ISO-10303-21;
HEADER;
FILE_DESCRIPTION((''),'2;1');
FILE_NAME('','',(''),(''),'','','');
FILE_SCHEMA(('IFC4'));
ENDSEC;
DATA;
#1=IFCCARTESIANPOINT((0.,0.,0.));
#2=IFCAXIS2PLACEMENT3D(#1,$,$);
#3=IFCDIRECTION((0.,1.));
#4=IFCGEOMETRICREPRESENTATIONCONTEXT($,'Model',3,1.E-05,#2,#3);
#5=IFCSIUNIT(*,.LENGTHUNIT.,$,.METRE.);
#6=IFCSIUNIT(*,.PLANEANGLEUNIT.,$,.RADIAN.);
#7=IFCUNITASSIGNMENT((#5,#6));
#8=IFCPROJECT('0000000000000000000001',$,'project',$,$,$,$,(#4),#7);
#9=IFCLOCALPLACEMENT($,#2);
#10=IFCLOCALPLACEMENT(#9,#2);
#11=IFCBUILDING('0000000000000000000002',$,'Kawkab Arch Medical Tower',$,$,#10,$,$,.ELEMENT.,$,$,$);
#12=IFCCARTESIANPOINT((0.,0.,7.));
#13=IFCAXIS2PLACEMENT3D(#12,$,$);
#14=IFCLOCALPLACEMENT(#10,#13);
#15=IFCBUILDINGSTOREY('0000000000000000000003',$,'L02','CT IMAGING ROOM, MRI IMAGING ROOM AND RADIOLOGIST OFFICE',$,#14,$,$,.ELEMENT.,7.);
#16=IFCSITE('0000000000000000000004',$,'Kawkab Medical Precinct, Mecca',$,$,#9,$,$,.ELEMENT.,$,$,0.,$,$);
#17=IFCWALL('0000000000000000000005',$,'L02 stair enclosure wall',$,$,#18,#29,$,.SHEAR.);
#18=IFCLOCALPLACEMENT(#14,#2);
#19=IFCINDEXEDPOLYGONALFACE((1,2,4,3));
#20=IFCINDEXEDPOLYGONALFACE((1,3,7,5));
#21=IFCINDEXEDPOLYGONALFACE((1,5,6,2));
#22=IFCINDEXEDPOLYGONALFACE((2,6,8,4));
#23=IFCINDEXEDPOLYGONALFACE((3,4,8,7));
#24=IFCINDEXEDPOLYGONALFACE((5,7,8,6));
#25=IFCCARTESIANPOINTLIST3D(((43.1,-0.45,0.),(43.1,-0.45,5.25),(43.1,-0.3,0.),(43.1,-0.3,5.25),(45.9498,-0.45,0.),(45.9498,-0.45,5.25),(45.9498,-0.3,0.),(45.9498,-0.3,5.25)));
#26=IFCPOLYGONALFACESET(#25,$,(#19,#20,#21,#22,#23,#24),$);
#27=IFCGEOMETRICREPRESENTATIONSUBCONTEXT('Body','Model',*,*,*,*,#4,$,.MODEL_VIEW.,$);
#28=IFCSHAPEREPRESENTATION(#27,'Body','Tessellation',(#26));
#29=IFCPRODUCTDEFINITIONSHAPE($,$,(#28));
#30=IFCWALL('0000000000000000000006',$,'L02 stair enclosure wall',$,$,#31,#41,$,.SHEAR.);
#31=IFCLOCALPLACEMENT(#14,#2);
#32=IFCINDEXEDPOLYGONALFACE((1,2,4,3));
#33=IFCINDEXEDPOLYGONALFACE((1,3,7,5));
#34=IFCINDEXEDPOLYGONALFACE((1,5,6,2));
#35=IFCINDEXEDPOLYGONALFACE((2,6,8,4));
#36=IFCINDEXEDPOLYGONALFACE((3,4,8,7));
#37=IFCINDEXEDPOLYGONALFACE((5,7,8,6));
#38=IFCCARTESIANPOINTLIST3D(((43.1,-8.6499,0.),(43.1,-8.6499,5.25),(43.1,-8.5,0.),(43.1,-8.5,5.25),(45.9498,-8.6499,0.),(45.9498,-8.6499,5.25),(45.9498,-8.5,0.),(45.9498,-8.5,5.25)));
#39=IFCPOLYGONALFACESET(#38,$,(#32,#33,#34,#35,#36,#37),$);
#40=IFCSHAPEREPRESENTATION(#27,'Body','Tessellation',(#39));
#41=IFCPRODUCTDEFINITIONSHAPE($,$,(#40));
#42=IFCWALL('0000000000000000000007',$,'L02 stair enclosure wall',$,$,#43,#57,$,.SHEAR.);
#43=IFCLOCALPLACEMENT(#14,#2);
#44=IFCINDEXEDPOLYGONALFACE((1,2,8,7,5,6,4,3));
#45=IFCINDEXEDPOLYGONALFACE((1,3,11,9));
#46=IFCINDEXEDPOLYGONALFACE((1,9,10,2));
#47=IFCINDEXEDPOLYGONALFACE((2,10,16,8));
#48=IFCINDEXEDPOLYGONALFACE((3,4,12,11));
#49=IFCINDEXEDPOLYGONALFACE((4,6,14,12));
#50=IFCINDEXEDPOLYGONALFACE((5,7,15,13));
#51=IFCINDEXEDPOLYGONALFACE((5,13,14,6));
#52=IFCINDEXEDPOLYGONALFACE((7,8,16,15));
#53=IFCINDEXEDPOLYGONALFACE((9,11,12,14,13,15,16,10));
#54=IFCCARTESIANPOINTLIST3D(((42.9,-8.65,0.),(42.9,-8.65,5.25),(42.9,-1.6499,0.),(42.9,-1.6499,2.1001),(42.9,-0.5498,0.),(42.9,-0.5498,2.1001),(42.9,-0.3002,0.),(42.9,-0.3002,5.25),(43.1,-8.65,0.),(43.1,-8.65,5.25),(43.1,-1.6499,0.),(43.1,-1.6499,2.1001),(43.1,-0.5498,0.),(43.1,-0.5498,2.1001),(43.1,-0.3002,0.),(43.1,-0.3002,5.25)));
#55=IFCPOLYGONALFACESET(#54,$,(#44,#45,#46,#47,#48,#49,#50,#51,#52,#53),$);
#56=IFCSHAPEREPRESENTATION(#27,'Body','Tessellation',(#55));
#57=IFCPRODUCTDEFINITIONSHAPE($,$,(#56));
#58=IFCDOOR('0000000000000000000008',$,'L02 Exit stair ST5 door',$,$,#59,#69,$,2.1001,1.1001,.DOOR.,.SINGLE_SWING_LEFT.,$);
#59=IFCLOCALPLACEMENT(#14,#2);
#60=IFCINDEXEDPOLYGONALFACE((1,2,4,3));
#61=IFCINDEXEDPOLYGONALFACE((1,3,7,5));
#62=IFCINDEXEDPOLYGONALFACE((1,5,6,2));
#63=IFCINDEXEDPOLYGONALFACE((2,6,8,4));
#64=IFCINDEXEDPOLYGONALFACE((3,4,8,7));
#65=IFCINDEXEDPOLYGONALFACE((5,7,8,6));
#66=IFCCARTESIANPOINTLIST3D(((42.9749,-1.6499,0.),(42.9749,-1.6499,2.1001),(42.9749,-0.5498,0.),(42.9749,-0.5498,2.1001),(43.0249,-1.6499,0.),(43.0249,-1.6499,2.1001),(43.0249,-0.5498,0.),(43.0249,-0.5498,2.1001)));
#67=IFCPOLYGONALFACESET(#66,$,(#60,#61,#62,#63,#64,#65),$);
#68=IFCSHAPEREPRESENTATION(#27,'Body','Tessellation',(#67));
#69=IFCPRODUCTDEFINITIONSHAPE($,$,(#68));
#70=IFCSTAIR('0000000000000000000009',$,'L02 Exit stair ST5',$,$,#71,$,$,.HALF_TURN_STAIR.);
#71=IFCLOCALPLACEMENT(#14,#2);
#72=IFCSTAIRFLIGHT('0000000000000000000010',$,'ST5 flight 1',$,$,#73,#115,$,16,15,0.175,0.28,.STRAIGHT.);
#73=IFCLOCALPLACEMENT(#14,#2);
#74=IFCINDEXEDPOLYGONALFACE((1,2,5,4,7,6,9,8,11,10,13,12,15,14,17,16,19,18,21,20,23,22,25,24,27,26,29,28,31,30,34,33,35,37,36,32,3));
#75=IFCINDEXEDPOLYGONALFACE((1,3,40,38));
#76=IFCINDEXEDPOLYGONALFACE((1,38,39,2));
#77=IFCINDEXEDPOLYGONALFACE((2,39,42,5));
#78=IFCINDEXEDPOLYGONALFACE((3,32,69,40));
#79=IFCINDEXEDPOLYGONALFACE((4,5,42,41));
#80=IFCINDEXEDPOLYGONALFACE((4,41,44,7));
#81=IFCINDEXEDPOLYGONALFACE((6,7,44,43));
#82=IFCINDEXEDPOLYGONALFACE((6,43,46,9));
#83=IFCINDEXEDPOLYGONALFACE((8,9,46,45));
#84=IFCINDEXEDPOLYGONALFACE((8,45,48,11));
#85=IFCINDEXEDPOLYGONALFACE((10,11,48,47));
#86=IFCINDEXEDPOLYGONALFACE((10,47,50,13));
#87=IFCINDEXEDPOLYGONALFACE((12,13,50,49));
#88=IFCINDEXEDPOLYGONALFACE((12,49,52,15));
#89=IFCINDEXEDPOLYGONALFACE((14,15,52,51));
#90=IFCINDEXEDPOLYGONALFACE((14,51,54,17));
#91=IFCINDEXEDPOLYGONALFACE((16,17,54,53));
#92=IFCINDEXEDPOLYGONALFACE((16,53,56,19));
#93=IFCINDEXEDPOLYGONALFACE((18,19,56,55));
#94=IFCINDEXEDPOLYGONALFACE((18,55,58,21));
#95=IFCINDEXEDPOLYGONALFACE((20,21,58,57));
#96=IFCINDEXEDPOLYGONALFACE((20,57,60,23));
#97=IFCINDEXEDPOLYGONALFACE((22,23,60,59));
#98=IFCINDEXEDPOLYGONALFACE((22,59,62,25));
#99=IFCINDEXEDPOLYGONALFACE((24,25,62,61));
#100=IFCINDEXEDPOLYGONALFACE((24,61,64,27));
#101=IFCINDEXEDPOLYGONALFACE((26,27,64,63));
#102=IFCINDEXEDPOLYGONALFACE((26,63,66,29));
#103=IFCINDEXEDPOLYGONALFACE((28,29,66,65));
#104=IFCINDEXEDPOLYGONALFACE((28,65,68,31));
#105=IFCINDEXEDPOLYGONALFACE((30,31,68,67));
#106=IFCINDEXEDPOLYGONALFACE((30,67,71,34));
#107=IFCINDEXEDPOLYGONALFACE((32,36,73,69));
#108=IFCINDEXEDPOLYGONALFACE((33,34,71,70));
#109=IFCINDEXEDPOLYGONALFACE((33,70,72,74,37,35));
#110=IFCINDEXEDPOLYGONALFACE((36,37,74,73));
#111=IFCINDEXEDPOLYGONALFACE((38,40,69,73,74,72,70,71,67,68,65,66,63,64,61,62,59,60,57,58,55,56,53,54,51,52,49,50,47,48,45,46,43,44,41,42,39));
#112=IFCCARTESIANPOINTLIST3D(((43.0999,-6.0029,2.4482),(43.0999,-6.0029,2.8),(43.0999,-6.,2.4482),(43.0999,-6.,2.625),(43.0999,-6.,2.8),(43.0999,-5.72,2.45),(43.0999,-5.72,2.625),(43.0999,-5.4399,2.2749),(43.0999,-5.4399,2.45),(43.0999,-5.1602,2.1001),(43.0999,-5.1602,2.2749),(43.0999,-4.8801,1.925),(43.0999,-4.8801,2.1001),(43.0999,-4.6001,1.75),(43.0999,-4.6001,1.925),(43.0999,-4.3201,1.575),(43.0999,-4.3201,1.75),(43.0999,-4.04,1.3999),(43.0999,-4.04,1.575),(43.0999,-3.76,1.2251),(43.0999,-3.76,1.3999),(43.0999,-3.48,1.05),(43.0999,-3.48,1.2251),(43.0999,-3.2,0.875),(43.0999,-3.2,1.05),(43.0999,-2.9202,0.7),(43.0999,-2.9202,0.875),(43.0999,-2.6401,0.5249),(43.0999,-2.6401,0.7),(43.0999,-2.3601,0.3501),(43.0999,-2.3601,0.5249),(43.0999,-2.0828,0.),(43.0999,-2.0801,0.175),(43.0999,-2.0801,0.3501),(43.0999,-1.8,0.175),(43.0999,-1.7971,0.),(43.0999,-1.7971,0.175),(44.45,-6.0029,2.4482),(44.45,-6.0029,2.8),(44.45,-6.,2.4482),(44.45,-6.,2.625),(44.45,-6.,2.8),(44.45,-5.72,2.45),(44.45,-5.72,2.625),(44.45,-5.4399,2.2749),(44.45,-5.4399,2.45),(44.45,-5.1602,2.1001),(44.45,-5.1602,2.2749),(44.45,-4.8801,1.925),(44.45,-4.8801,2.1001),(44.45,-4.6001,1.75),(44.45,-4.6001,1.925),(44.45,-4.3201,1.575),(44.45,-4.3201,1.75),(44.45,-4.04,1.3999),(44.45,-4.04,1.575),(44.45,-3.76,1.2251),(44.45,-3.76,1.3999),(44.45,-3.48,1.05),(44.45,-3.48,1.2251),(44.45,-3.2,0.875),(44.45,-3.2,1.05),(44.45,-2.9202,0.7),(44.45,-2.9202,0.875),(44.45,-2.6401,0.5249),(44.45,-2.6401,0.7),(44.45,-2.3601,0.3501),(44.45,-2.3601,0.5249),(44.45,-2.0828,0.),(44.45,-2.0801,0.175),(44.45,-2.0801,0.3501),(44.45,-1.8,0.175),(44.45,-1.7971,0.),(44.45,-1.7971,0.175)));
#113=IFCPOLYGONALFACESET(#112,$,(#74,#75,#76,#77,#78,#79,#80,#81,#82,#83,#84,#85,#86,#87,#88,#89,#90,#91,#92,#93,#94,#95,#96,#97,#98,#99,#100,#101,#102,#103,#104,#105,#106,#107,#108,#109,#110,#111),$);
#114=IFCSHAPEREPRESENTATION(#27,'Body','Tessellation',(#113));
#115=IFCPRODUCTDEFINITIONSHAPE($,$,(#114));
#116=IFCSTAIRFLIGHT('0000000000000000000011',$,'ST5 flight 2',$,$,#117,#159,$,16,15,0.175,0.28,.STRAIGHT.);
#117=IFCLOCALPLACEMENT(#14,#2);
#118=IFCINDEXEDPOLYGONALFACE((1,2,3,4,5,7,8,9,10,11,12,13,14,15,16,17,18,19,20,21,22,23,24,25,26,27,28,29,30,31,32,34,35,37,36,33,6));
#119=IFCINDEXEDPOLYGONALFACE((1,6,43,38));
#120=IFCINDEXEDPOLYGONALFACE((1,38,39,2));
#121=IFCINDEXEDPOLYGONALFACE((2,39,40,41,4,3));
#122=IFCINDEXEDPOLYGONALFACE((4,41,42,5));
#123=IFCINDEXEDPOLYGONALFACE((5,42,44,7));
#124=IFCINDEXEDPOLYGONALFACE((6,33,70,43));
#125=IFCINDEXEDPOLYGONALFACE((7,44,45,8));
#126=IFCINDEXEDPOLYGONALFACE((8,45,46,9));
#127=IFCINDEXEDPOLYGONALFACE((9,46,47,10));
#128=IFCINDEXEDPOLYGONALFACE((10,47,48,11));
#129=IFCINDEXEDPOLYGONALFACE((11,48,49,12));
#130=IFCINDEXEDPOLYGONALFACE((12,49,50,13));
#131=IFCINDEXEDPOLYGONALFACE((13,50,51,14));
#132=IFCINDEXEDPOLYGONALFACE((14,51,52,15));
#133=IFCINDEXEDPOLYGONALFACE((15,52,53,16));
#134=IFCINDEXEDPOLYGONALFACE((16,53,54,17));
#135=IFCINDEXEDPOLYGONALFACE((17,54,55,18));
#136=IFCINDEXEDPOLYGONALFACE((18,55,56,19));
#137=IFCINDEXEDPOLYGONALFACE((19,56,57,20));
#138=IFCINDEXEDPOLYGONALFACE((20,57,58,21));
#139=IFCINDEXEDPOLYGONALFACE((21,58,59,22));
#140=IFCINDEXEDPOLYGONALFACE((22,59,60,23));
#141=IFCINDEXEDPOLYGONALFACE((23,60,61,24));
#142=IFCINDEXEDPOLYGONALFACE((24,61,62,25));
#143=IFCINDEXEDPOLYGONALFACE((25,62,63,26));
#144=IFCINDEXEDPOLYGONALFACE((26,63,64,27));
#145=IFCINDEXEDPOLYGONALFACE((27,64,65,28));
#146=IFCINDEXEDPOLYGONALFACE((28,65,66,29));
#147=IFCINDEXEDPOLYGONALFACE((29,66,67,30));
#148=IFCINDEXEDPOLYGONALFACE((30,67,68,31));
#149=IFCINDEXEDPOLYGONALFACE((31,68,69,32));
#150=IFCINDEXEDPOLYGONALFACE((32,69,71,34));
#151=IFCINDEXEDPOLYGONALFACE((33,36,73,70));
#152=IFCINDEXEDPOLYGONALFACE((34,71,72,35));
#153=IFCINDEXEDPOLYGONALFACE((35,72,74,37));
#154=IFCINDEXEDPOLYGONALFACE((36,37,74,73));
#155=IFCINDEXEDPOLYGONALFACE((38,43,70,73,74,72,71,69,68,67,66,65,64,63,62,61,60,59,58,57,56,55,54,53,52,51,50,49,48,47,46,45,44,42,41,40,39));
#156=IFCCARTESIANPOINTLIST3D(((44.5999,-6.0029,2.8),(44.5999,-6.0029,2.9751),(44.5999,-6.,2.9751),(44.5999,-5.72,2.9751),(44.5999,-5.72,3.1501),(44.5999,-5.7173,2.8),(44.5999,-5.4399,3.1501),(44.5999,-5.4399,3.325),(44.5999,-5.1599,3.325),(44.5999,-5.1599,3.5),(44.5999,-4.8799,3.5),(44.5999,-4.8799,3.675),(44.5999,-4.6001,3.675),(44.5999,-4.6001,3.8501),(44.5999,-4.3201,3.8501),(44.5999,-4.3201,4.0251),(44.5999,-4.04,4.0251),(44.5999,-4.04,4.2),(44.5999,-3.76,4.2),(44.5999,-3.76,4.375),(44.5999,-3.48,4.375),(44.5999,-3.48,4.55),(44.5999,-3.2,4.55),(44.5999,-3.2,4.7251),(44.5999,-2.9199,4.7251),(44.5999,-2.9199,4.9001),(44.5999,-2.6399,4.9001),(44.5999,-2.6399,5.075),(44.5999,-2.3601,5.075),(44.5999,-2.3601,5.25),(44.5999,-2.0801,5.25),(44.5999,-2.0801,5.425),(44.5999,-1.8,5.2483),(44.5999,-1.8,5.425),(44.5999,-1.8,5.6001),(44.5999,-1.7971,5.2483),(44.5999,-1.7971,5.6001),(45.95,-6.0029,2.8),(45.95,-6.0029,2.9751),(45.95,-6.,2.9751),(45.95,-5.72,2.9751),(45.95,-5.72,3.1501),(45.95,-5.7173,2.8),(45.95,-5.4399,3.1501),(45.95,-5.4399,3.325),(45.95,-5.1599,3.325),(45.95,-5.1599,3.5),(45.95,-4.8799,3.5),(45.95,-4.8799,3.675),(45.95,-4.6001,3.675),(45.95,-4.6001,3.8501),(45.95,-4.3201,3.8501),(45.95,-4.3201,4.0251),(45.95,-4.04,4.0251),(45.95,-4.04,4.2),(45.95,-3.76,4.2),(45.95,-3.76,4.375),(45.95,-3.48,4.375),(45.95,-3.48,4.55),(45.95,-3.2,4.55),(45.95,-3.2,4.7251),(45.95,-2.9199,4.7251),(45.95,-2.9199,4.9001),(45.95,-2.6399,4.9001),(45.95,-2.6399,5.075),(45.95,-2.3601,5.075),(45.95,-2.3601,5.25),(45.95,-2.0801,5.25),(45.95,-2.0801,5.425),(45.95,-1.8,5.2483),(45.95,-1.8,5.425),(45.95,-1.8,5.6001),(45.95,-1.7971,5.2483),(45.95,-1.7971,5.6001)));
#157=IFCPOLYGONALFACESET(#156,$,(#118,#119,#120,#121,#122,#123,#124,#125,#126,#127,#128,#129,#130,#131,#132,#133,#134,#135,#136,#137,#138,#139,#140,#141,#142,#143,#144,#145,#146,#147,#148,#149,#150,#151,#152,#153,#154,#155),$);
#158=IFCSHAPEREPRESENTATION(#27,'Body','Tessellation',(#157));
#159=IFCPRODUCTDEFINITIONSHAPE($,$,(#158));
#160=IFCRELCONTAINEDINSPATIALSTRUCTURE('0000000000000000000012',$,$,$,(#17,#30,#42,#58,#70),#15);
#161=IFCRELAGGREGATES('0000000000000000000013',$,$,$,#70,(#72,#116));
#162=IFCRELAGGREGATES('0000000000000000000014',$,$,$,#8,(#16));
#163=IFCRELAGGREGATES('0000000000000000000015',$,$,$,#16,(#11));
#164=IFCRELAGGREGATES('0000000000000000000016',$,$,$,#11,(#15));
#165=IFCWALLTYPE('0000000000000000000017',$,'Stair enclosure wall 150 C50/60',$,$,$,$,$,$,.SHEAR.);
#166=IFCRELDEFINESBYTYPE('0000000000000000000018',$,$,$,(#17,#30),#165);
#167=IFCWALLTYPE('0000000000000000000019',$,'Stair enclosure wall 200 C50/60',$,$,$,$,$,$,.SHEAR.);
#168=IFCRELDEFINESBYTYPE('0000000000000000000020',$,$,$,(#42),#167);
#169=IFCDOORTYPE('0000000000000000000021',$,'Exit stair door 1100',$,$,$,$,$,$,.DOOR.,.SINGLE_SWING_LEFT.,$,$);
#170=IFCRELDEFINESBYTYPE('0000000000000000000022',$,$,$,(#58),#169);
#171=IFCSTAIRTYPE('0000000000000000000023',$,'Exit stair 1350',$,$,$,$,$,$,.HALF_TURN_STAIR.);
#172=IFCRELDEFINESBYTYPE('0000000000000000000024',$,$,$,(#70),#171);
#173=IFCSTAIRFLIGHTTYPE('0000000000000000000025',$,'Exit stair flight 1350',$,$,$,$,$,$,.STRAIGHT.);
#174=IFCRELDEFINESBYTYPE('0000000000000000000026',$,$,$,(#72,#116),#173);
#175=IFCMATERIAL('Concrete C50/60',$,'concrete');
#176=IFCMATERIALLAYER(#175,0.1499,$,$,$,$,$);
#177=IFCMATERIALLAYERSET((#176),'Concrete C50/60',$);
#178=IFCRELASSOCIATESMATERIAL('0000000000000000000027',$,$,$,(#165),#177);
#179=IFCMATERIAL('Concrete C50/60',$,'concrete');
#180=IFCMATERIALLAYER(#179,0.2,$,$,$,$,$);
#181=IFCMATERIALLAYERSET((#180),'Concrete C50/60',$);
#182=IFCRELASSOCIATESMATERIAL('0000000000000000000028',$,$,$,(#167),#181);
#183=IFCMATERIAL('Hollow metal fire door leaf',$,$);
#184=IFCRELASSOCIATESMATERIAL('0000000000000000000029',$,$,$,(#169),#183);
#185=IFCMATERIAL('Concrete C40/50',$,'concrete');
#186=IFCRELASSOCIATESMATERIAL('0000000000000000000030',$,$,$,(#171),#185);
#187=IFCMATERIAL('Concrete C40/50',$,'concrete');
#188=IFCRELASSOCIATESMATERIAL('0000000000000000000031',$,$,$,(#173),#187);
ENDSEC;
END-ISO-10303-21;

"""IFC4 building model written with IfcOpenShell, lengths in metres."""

from ifc_helpers import new_model, si_unit, direction, frame, frame_2d, origin, place, context, subcontext, project, spatial, polyline, rectangle, outline, extrude, material, layer, layer_set, type_object, element, fill, aggregate, save


model = new_model("IFC4")

# Units and contexts
model_context = context("Model", 3, precision=1e-05, world=origin(), true_north=direction((0.0, 1.0)))
body_context = subcontext(model_context, "Body", "Model", "MODEL_VIEW")
ifc_project = project(units=[si_unit("LENGTHUNIT", "METRE"), si_unit("PLANEANGLEUNIT", "RADIAN")], contexts=[model_context])

# Site, building, storey
site_placement = place(None, origin())
site = spatial("IfcSite", under=ifc_project, at=site_placement, Name="Kawkab Medical Precinct, Mecca", CompositionType="ELEMENT", RefElevation=0.0)
building_placement = place(site_placement, origin())
building = spatial("IfcBuilding", under=site, at=building_placement, Name="Kawkab Arch Medical Tower", CompositionType="ELEMENT")
storey_placement = place(building_placement, frame((0.0, 0.0, 7.0)))
storey = spatial("IfcBuildingStorey", under=building, at=storey_placement, Name="L02", Description="CT IMAGING ROOM, MRI IMAGING ROOM AND RADIOLOGIST OFFICE", CompositionType="ELEMENT", Elevation=7.0)

# Walls
ifc_material_1 = material(Name="Concrete C50/60", Category="concrete")
ifc_layer_1 = layer(ifc_material_1, 0.1499)
ifc_layer_set_1 = layer_set([ifc_layer_1], Name="Concrete C50/60")
wall_type_1 = type_object("IfcWallType", Name="Stair enclosure wall 150 C50/60", PredefinedType="SHEAR", material=ifc_layer_set_1)
for number, where, z_axis, x_axis, name in (
    (1, (43.1001, -0.375, 0.0), (0.0, 0.0, 1.0), (1.0, 0.0, 0.0), "L02 stair enclosure wall"),
    (2, (43.1001, -8.575, 0.0), (0.0, 0.0, 1.0), (1.0, 0.0, 0.0), "L02 stair enclosure wall"),
):
    element("IfcWall", number, at=place(storey_placement, frame(where, z_axis=z_axis, x_axis=x_axis)), inside=storey, type_object=wall_type_1, Name=name, PredefinedType="SHEAR", context=body_context, shape_type="SweptSolid", body=[
        extrude(rectangle(XDim=2.8499, YDim=0.1499, at=frame_2d((1.4248, 0.0))), origin(), (0.0, 0.0, 1.0), 5.25),
    ])

# Wall, opening, door
ifc_material_2 = material(Name="Concrete C50/60", Category="concrete")
ifc_layer_2 = layer(ifc_material_2, 0.2)
ifc_layer_set_2 = layer_set([ifc_layer_2], Name="Concrete C50/60")
wall_type_2 = type_object("IfcWallType", Name="Stair enclosure wall 200 C50/60", PredefinedType="SHEAR", material=ifc_layer_set_2)
wall_1_placement = place(storey_placement, frame((43.0, -8.6499, 0.0), z_axis=(0.0, 0.0, 1.0), x_axis=(0.0, 1.0, 0.0)))
wall_1 = element("IfcWall", 3, at=wall_1_placement, inside=storey, type_object=wall_type_2, Name="L02 stair enclosure wall", PredefinedType="SHEAR", context=body_context, shape_type="SweptSolid", body=[
    extrude(rectangle(XDim=8.3499, YDim=0.2, at=frame_2d((4.1748, 0.0))), origin(), (0.0, 0.0, 1.0), 5.25),
])
opening_1_placement = place(wall_1_placement, frame((7.0, 0.0, 0.0)))
opening_1 = element("IfcOpeningElement", 4, at=opening_1_placement, cuts=wall_1, PredefinedType="OPENING", context=body_context, shape_type="SweptSolid", body=[
    extrude(rectangle(XDim=1.1001, YDim=2.1001, at=frame_2d((0.55, 1.05))), frame((0.0, 0.1099, 0.0), z_axis=(0.0, -1.0, 0.0), x_axis=(1.0, 0.0, 0.0)), (0.0, 0.0, 1.0), 0.22),
])
ifc_material_3 = material(Name="Hollow metal fire door leaf")
door_type_1 = type_object("IfcDoorType", Name="Exit stair door 1100", OperationType="SINGLE_SWING_LEFT", PredefinedType="DOOR", material=ifc_material_3)
door_1_placement = place(opening_1_placement, frame((1.1001, 0.0, 0.0), z_axis=(0.0, 0.0, 1.0), x_axis=(-1.0, 0.0, 0.0)))
door_1 = element("IfcDoor", 5, at=door_1_placement, inside=storey, type_object=door_type_1, Name="L02 Exit stair ST5 door", OperationType="SINGLE_SWING_LEFT", OverallHeight=2.1001, OverallWidth=1.1001, PredefinedType="DOOR", context=body_context, shape_type="SweptSolid", body=[
    extrude(rectangle(XDim=1.1001, YDim=2.1001, at=frame_2d((0.55, 1.05))), frame((0.0, 0.0249, 0.0), z_axis=(0.0, -1.0, 0.0), x_axis=(1.0, 0.0, 0.0)), (0.0, 0.0, 1.0), 0.05),
])
fill(opening_1, door_1)

# Stair, stair flights
ifc_material_4 = material(Name="Concrete C40/50", Category="concrete")
stair_type = type_object("IfcStairType", Name="Exit stair 1350", PredefinedType="HALF_TURN_STAIR", material=ifc_material_4)
stair_placement = place(storey_placement, origin())
stair = element("IfcStair", 6, at=stair_placement, inside=storey, type_object=stair_type, Name="L02 Exit stair ST5", PredefinedType="HALF_TURN_STAIR")
ifc_material_5 = material(Name="Concrete C40/50", Category="concrete")
stair_flight_type = type_object("IfcStairFlightType", Name="Exit stair flight 1350", PredefinedType="STRAIGHT", material=ifc_material_5)
stair_flight_1_placement = place(storey_placement, frame((43.7749, -1.8, 0.0), z_axis=(0.0, 0.0, 1.0), x_axis=(0.0, -1.0, 0.0)))
stair_flight_1 = element("IfcStairFlight", 7, at=stair_flight_1_placement, type_object=stair_flight_type, Name="ST5 flight 1", NumberOfRisers=16, NumberOfTreads=15, PredefinedType="STRAIGHT", RiserHeight=0.175, TreadLength=0.28, context=body_context, shape_type="SweptSolid", body=[
    extrude(outline(polyline([(-0.0029, 0.0), (-0.0029, 0.175), (0.0, 0.175), (0.28, 0.175), (0.28, 0.3501), (0.5601, 0.3501), (0.5601, 0.5249), (0.8401, 0.5249), (0.8401, 0.7), (1.1201, 0.7), (1.1201, 0.875), (1.3999, 0.875), (1.3999, 1.05), (1.6799, 1.05), (1.6799, 1.2251), (1.96, 1.2251), (1.96, 1.3999), (2.24, 1.3999), (2.24, 1.575), (2.52, 1.575), (2.52, 1.75), (2.8, 1.75), (2.8, 1.925), (3.0801, 1.925), (3.0801, 2.1001), (3.3601, 2.1001), (3.3601, 2.2749), (3.6399, 2.2749), (3.6399, 2.45), (3.9199, 2.45), (3.9199, 2.625), (4.2, 2.625), (4.2, 2.8), (4.2029, 2.8), (4.2029, 2.4482), (4.2, 2.4482), (0.2827, 0.0), (-0.0029, 0.0)])), frame((0.0, 0.675, 0.0), z_axis=(0.0, -1.0, 0.0), x_axis=(1.0, 0.0, 0.0)), (0.0, 0.0, 1.0), 1.3501),
])
stair_flight_2_placement = place(storey_placement, frame((45.2749, -6.0, 2.8), z_axis=(0.0, 0.0, 1.0), x_axis=(0.0, 1.0, 0.0)))
stair_flight_2 = element("IfcStairFlight", 8, at=stair_flight_2_placement, type_object=stair_flight_type, Name="ST5 flight 2", NumberOfRisers=16, NumberOfTreads=15, PredefinedType="STRAIGHT", RiserHeight=0.175, TreadLength=0.28, context=body_context, shape_type="SweptSolid", body=[
    extrude(outline(polyline([(-0.0029, 0.0), (-0.0029, 0.175), (0.0, 0.175), (0.28, 0.175), (0.28, 0.3501), (0.5601, 0.3501), (0.5601, 0.5249), (0.8401, 0.5249), (0.8401, 0.7), (1.1201, 0.7), (1.1201, 0.875), (1.3999, 0.875), (1.3999, 1.05), (1.6799, 1.05), (1.6799, 1.2251), (1.96, 1.2251), (1.96, 1.3999), (2.24, 1.3999), (2.24, 1.575), (2.52, 1.575), (2.52, 1.75), (2.8, 1.75), (2.8, 1.925), (3.0801, 1.925), (3.0801, 2.1001), (3.3601, 2.1001), (3.3601, 2.2749), (3.6399, 2.2749), (3.6399, 2.45), (3.9199, 2.45), (3.9199, 2.625), (4.2, 2.625), (4.2, 2.8), (4.2029, 2.8), (4.2029, 2.4482), (4.2, 2.4482), (0.2827, 0.0), (-0.0029, 0.0)])), frame((0.0, 0.675, 0.0), z_axis=(0.0, -1.0, 0.0), x_axis=(1.0, 0.0, 0.0)), (0.0, 0.0, 1.0), 1.3501),
])
aggregate(stair, [stair_flight_1, stair_flight_2])

save(model, "model.ifc")
